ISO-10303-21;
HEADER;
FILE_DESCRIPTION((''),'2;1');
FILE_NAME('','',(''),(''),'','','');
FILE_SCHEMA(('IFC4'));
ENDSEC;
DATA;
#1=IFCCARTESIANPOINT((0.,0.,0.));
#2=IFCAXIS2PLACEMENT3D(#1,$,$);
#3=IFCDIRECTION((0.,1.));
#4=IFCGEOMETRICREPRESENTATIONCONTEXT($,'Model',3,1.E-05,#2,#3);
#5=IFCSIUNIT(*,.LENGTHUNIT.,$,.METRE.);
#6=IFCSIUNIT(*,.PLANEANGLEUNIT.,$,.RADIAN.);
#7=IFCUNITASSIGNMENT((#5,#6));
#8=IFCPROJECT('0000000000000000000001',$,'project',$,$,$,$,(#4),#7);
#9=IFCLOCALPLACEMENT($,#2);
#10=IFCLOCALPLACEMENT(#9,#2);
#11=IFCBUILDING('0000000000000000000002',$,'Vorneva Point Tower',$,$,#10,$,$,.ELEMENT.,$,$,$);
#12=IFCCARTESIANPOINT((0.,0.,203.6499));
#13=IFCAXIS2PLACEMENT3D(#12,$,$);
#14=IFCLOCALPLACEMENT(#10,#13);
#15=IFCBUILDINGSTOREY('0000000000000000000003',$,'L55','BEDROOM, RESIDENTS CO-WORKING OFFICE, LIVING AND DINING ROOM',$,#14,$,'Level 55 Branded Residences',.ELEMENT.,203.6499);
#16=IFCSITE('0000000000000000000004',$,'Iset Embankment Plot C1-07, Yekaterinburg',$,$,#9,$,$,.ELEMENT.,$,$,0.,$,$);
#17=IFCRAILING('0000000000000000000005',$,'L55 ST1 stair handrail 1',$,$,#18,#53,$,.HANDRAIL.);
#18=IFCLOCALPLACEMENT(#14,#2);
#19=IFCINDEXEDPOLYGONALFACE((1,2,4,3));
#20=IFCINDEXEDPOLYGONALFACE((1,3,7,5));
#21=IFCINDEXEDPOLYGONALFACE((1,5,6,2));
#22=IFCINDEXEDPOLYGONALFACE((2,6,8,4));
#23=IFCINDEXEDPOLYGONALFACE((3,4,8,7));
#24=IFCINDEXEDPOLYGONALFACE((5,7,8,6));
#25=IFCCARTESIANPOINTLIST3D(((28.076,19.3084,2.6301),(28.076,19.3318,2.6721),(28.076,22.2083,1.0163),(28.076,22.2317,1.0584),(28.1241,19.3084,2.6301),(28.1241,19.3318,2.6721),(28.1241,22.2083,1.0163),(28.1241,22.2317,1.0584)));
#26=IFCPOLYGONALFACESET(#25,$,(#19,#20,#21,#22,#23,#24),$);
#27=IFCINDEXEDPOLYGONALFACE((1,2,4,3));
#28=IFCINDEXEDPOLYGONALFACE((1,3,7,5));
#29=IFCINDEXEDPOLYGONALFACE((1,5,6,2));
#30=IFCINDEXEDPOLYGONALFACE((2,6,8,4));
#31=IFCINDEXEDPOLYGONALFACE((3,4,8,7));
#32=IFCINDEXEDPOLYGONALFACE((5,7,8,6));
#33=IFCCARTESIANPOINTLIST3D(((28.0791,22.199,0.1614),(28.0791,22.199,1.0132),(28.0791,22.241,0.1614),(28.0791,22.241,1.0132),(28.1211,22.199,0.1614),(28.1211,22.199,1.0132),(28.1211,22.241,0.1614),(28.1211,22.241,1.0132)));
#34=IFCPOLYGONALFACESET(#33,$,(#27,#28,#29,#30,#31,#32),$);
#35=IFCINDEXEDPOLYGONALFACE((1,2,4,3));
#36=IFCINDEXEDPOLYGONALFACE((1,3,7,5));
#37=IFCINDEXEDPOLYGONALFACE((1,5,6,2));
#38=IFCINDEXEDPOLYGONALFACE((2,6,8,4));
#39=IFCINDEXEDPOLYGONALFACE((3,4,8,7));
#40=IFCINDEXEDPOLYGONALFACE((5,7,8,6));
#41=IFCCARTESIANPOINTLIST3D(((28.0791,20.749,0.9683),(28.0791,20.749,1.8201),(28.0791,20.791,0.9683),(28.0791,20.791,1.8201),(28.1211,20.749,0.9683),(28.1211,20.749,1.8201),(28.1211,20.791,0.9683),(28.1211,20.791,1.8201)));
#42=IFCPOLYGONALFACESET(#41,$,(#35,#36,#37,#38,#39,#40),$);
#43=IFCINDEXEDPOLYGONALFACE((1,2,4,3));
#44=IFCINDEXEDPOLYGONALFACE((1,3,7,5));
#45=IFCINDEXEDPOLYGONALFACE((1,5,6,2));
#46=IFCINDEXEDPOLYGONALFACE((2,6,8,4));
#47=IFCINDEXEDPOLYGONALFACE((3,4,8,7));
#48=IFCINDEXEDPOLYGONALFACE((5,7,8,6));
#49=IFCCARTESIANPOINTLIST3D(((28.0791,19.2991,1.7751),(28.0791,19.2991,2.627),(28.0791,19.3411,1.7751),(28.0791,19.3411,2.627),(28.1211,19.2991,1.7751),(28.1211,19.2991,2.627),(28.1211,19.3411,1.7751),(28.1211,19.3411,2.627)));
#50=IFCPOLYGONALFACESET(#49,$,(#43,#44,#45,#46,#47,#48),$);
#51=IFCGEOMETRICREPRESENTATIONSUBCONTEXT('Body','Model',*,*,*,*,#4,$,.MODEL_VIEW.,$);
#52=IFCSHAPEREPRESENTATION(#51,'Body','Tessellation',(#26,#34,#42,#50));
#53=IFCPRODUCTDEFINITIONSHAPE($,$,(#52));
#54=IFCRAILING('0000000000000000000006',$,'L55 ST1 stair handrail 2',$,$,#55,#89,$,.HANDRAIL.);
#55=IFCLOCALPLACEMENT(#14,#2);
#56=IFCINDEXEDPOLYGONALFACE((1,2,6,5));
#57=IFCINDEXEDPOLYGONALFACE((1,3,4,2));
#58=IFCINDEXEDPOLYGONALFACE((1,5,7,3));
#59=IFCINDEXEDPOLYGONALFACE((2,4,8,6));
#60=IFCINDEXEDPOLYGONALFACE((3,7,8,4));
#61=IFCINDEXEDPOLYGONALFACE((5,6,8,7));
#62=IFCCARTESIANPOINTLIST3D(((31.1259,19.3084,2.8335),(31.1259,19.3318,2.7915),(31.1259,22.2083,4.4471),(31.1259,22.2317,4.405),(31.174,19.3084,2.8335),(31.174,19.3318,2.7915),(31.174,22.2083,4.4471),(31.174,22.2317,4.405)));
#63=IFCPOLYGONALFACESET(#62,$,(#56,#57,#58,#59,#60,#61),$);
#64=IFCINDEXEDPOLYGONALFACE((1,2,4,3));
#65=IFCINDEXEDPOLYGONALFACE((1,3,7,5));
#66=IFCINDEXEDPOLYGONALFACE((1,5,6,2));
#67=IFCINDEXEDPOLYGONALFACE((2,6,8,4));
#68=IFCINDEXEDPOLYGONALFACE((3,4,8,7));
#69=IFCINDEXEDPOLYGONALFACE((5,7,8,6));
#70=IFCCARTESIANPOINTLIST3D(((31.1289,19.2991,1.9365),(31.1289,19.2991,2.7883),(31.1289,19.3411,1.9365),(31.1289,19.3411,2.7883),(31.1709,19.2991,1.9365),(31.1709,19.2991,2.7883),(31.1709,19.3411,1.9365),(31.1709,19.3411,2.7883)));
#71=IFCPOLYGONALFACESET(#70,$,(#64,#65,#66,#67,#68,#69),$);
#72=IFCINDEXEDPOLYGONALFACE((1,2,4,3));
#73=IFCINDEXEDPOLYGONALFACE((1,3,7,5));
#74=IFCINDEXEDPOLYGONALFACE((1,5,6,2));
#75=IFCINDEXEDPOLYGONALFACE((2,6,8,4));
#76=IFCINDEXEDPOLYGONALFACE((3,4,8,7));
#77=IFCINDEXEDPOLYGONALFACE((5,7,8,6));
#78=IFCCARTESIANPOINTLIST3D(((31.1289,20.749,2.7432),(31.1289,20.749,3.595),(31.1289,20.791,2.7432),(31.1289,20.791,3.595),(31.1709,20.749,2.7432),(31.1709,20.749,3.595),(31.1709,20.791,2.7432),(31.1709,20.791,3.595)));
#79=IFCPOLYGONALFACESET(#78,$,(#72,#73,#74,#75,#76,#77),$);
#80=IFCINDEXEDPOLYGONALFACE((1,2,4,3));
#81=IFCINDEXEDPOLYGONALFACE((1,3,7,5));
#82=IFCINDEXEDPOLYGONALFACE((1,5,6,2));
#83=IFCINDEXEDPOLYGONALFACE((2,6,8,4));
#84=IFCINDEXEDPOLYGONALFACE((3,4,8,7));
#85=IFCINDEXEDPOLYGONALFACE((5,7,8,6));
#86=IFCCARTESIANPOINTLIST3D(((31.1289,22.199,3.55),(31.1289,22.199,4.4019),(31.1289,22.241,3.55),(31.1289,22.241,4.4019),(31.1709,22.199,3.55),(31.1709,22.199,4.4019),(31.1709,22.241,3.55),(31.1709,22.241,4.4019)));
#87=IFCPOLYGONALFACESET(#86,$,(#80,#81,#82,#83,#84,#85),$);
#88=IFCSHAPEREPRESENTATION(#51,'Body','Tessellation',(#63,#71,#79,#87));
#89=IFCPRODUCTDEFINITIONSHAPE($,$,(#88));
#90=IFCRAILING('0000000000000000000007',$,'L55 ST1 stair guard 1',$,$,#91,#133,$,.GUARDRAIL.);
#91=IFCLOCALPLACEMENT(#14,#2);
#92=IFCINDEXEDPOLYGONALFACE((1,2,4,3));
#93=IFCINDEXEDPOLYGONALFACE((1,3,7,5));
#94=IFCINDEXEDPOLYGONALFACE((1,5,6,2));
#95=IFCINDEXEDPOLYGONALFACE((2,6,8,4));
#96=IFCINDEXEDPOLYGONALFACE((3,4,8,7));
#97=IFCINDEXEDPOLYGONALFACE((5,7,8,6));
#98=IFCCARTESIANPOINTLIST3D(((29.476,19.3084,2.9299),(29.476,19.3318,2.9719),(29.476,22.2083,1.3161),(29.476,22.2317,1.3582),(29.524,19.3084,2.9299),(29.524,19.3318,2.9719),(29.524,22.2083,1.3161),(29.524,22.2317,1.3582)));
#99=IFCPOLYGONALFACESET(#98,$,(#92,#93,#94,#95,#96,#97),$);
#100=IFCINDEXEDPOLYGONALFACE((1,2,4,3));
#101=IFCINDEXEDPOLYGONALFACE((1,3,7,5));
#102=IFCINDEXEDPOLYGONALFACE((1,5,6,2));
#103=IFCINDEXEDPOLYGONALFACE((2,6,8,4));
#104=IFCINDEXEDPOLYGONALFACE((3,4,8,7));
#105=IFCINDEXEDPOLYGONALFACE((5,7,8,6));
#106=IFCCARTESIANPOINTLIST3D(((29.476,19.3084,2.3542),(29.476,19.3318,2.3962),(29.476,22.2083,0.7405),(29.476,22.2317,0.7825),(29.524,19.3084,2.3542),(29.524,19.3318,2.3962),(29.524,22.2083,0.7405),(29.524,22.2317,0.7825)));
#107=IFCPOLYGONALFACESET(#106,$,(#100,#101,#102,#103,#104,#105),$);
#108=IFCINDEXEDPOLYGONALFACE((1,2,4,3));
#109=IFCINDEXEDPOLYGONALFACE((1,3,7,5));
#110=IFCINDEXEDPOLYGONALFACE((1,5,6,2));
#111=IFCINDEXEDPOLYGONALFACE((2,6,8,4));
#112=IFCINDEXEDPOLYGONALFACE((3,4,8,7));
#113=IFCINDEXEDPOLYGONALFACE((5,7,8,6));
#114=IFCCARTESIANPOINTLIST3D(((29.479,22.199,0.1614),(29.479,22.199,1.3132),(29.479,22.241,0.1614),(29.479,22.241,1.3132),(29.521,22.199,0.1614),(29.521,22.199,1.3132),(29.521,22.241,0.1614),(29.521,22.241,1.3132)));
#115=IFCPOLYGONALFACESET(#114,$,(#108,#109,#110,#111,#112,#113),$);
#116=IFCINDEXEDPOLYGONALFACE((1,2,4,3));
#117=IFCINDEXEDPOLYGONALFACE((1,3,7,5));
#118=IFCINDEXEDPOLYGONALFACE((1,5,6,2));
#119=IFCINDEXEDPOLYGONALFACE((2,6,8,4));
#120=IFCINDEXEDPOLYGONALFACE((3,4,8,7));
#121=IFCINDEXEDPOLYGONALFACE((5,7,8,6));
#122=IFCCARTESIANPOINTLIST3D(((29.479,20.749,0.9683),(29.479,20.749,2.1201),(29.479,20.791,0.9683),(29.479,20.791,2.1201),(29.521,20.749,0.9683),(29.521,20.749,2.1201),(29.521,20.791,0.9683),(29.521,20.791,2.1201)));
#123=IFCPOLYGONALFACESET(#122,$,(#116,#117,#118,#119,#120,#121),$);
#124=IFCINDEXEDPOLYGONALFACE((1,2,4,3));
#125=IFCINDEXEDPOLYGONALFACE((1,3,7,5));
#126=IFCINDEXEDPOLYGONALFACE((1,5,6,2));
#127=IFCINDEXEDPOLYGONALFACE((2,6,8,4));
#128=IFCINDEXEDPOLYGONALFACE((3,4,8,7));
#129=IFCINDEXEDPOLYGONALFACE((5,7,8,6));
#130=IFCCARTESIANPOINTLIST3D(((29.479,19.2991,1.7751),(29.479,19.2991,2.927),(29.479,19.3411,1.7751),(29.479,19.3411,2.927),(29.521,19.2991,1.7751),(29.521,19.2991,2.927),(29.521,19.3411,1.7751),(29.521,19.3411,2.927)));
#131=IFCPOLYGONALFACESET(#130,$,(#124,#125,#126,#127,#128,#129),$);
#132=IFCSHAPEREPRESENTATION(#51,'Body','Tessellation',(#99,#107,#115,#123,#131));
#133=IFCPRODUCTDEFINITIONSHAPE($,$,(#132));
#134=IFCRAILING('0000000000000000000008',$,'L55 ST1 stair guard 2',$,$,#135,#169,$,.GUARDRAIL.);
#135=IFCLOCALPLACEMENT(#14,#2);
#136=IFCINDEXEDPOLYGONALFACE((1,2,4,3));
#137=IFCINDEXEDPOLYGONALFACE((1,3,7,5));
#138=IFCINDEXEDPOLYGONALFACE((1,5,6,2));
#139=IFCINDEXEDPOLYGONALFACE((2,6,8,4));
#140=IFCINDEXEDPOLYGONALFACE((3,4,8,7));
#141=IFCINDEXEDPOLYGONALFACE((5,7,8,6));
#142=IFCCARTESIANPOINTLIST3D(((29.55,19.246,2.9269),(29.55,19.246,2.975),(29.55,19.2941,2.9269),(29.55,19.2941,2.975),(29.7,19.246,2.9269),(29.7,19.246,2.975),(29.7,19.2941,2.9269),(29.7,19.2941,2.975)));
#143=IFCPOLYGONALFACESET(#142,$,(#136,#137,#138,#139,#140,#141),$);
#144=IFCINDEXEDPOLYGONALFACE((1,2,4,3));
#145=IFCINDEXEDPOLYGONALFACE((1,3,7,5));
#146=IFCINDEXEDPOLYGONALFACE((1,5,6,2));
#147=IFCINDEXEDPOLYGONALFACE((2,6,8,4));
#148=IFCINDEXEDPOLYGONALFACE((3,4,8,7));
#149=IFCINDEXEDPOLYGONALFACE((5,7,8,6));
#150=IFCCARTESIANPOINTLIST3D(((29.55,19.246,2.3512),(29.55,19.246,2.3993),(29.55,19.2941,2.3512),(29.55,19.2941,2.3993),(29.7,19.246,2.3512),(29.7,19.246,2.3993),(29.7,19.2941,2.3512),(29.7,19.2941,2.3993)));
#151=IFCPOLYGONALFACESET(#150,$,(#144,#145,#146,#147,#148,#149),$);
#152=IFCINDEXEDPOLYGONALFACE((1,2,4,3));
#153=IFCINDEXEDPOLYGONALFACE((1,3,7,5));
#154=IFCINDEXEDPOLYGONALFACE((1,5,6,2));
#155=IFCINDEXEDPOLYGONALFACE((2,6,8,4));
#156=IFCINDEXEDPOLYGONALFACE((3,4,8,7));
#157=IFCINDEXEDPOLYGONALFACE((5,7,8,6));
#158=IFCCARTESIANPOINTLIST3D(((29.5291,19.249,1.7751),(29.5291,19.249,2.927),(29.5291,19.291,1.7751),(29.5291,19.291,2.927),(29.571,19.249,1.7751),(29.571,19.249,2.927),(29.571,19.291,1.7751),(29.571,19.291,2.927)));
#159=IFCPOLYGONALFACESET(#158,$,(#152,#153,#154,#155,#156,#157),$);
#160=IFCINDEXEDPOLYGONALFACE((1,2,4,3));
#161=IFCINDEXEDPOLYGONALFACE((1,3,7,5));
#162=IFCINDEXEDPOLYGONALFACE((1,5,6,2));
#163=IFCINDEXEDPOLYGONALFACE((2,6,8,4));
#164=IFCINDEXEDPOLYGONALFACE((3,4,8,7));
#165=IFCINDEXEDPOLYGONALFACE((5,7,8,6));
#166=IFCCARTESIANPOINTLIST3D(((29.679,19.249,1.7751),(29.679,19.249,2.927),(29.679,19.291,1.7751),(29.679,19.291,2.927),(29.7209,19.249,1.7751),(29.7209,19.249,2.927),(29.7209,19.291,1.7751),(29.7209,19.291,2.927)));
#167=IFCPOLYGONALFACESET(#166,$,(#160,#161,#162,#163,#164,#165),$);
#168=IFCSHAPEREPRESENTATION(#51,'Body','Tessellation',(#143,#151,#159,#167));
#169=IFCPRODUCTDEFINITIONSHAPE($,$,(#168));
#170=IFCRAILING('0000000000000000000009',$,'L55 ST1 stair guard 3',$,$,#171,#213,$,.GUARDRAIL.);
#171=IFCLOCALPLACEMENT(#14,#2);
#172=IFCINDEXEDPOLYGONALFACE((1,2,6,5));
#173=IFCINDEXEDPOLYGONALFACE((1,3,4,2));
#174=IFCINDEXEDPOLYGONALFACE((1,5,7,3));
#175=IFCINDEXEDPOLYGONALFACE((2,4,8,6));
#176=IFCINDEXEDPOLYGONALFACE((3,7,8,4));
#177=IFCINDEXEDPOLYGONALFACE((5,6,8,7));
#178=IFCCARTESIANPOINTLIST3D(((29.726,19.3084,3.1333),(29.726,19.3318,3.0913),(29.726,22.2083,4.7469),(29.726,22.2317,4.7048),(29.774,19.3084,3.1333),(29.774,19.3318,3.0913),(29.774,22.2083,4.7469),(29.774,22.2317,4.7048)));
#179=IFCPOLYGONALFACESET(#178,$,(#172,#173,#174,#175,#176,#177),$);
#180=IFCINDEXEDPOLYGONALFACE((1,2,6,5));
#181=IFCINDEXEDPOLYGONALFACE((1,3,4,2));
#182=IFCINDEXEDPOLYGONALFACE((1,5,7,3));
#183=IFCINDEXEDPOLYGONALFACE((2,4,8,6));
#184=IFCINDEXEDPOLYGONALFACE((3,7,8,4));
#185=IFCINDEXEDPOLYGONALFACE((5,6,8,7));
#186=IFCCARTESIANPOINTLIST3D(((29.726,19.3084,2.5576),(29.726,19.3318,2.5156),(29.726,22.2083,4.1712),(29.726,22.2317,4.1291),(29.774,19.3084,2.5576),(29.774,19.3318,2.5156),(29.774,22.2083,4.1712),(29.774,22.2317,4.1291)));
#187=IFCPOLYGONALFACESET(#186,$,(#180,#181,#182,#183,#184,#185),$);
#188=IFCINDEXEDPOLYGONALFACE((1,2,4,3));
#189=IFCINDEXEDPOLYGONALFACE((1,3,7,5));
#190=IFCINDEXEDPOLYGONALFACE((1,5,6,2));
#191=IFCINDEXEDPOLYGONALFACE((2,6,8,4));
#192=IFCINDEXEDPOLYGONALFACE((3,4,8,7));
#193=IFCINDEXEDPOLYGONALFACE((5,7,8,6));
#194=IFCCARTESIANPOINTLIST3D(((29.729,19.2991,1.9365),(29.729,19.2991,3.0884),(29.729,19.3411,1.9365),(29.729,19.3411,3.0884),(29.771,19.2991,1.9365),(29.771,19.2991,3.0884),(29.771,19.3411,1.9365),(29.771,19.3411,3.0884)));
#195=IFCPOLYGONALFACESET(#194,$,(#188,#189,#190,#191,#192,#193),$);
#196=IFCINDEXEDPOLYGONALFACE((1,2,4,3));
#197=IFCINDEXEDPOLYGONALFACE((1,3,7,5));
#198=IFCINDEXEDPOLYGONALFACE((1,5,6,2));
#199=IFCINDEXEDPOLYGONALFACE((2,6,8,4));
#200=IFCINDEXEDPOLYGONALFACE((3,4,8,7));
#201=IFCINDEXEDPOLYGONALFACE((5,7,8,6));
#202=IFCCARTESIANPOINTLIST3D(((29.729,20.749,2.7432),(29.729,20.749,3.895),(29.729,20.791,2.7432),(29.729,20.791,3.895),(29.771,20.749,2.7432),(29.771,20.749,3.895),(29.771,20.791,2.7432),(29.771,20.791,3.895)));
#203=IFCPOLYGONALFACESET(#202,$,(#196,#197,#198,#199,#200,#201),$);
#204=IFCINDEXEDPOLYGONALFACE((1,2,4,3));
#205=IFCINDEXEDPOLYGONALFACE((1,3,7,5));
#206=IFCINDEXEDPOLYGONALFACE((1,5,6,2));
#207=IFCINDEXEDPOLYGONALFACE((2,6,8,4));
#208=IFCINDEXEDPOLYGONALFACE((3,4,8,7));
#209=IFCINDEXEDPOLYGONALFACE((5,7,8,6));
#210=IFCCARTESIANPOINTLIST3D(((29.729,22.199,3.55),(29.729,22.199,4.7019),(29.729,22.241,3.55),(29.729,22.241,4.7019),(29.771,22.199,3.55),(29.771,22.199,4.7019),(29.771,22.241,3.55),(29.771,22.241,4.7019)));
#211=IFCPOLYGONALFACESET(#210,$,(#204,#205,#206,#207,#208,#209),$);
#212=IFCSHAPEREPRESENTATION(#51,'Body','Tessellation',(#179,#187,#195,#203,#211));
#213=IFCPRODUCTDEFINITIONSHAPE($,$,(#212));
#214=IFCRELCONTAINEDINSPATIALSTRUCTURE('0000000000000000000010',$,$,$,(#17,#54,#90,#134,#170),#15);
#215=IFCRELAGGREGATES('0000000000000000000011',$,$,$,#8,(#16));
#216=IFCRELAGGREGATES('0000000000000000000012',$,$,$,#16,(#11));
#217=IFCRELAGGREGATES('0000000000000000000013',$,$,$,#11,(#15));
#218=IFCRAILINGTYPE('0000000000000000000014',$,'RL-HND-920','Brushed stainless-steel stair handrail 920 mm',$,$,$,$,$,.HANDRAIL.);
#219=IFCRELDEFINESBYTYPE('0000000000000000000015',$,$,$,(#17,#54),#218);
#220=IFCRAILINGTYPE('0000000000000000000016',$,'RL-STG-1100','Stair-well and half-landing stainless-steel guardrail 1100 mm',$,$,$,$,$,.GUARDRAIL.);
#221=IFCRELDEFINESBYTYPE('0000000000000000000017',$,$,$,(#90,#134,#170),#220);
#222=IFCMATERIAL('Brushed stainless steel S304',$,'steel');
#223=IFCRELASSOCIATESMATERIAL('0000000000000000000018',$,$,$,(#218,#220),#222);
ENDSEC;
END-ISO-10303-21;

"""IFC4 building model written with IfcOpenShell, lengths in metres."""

from ifc_helpers import new_model, si_unit, direction, frame, origin, origin_2d, place, context, subcontext, project, spatial, rectangle, extrude, material, type_object, element, save


model = new_model("IFC4")

# Units and contexts
model_context = context("Model", 3, precision=1e-05, world=origin(), true_north=direction((0.0, 1.0)))
body_context = subcontext(model_context, "Body", "Model", "MODEL_VIEW")
ifc_project = project(units=[si_unit("LENGTHUNIT", "METRE"), si_unit("PLANEANGLEUNIT", "RADIAN")], contexts=[model_context])

# Site, building, storey
site_placement = place(None, origin())
site = spatial("IfcSite", under=ifc_project, at=site_placement, Name="Iset Embankment Plot C1-07, Yekaterinburg", CompositionType="ELEMENT", RefElevation=0.0)
building_placement = place(site_placement, origin())
building = spatial("IfcBuilding", under=site, at=building_placement, Name="Vorneva Point Tower", CompositionType="ELEMENT")
storey_placement = place(building_placement, frame((0.0, 0.0, 203.6499)))
storey = spatial("IfcBuildingStorey", under=building, at=storey_placement, Name="L55", Description="BEDROOM, RESIDENTS CO-WORKING OFFICE, LIVING AND DINING ROOM", LongName="Level 55 Branded Residences", CompositionType="ELEMENT", Elevation=203.6499)

# Shared definitions
ifc_material_1 = material(Name="Brushed stainless steel S304", Category="steel")

# Railings
railing_type_1 = type_object("IfcRailingType", Name="RL-HND-920", Description="Brushed stainless-steel stair handrail 920 mm", PredefinedType="HANDRAIL", material=ifc_material_1)
railing_1_placement = place(storey_placement, frame((28.1001, 22.22, 0.1614)))
element("IfcRailing", 1, at=railing_1_placement, inside=storey, type_object=railing_type_1, Name="L55 ST1 stair handrail 1", PredefinedType="HANDRAIL", context=body_context, shape_type="SweptSolid", body=[
    extrude(rectangle(XDim=0.0481, YDim=0.0481, at=origin_2d()), frame((0.0, 0.0, 0.876), z_axis=(0.0, -0.87381, 0.486267), x_axis=(1.0, 0.0, 0.0)), (0.0, 0.0, 1.0), 3.3186),
    extrude(rectangle(XDim=0.042, YDim=0.042, at=origin_2d()), origin(), (0.0, 0.0, 1.0), 0.8518),
    extrude(rectangle(XDim=0.042, YDim=0.042, at=origin_2d()), frame((0.0, -1.45, 0.8069)), (0.0, 0.0, 1.0), 0.8518),
    extrude(rectangle(XDim=0.042, YDim=0.042, at=origin_2d()), frame((0.0, -2.8999, 1.6138)), (0.0, 0.0, 1.0), 0.8518),
])
railing_2_placement = place(storey_placement, frame((31.1499, 19.3201, 1.9365)))
element("IfcRailing", 2, at=railing_2_placement, inside=storey, type_object=railing_type_1, Name="L55 ST1 stair handrail 2", PredefinedType="HANDRAIL", context=body_context, shape_type="SweptSolid", body=[
    extrude(rectangle(XDim=0.0481, YDim=0.0481, at=origin_2d()), frame((0.0, 0.0, 0.876), z_axis=(0.0, 0.873841, 0.486211), x_axis=(-1.0, 0.0, 0.0)), (0.0, 0.0, 1.0), 3.3186),
    extrude(rectangle(XDim=0.042, YDim=0.042, at=origin_2d()), origin(), (0.0, 0.0, 1.0), 0.8518),
    extrude(rectangle(XDim=0.042, YDim=0.042, at=origin_2d()), frame((0.0, 1.45, 0.8066)), (0.0, 0.0, 1.0), 0.8518),
    extrude(rectangle(XDim=0.042, YDim=0.042, at=origin_2d()), frame((0.0, 2.8999, 1.6135)), (0.0, 0.0, 1.0), 0.8518),
])
railing_type_2 = type_object("IfcRailingType", Name="RL-STG-1100", Description="Stair-well and half-landing stainless-steel guardrail 1100 mm", PredefinedType="GUARDRAIL", material=ifc_material_1)
railing_3_placement = place(storey_placement, frame((29.5, 22.22, 0.1614)))
element("IfcRailing", 3, at=railing_3_placement, inside=storey, type_object=railing_type_2, Name="L55 ST1 stair guard 1", PredefinedType="GUARDRAIL", context=body_context, shape_type="SweptSolid", body=[
    extrude(rectangle(XDim=0.0481, YDim=0.0481, at=origin_2d()), frame((0.0, 0.0, 1.1758), z_axis=(0.0, -0.87381, 0.486267), x_axis=(1.0, 0.0, 0.0)), (0.0, 0.0, 1.0), 3.3186),
    extrude(rectangle(XDim=0.0481, YDim=0.0481, at=origin_2d()), frame((0.0, 0.0, 0.6001), z_axis=(0.0, -0.87381, 0.486267), x_axis=(1.0, 0.0, 0.0)), (0.0, 0.0, 1.0), 3.3186),
    extrude(rectangle(XDim=0.042, YDim=0.042, at=origin_2d()), origin(), (0.0, 0.0, 1.0), 1.1519),
    extrude(rectangle(XDim=0.042, YDim=0.042, at=origin_2d()), frame((0.0, -1.45, 0.8069)), (0.0, 0.0, 1.0), 1.1519),
    extrude(rectangle(XDim=0.042, YDim=0.042, at=origin_2d()), frame((0.0, -2.8999, 1.6138)), (0.0, 0.0, 1.0), 1.1519),
])
railing_4_placement = place(storey_placement, frame((29.55, 19.27, 1.7751)))
element("IfcRailing", 4, at=railing_4_placement, inside=storey, type_object=railing_type_2, Name="L55 ST1 stair guard 2", PredefinedType="GUARDRAIL", context=body_context, shape_type="SweptSolid", body=[
    extrude(rectangle(XDim=0.0481, YDim=0.0481, at=origin_2d()), frame((0.0, 0.0, 1.1758), z_axis=(1.0, 0.0, 0.0), x_axis=(0.0, 1.0, 0.0)), (0.0, 0.0, 1.0), 0.1499),
    extrude(rectangle(XDim=0.0481, YDim=0.0481, at=origin_2d()), frame((0.0, 0.0, 0.6001), z_axis=(1.0, 0.0, 0.0), x_axis=(0.0, 1.0, 0.0)), (0.0, 0.0, 1.0), 0.1499),
    extrude(rectangle(XDim=0.042, YDim=0.042, at=origin_2d()), origin(), (0.0, 0.0, 1.0), 1.1519),
    extrude(rectangle(XDim=0.042, YDim=0.042, at=origin_2d()), frame((0.1499, 0.0, 0.0)), (0.0, 0.0, 1.0), 1.1519),
])
railing_5_placement = place(storey_placement, frame((29.75, 19.3201, 1.9365)))
element("IfcRailing", 5, at=railing_5_placement, inside=storey, type_object=railing_type_2, Name="L55 ST1 stair guard 3", PredefinedType="GUARDRAIL", context=body_context, shape_type="SweptSolid", body=[
    extrude(rectangle(XDim=0.0481, YDim=0.0481, at=origin_2d()), frame((0.0, 0.0, 1.1758), z_axis=(0.0, 0.873841, 0.486211), x_axis=(-1.0, 0.0, 0.0)), (0.0, 0.0, 1.0), 3.3186),
    extrude(rectangle(XDim=0.0481, YDim=0.0481, at=origin_2d()), frame((0.0, 0.0, 0.6001), z_axis=(0.0, 0.873841, 0.486211), x_axis=(-1.0, 0.0, 0.0)), (0.0, 0.0, 1.0), 3.3186),
    extrude(rectangle(XDim=0.042, YDim=0.042, at=origin_2d()), origin(), (0.0, 0.0, 1.0), 1.1519),
    extrude(rectangle(XDim=0.042, YDim=0.042, at=origin_2d()), frame((0.0, 1.45, 0.8066)), (0.0, 0.0, 1.0), 1.1519),
    extrude(rectangle(XDim=0.042, YDim=0.042, at=origin_2d()), frame((0.0, 2.8999, 1.6135)), (0.0, 0.0, 1.0), 1.1519),
])

save(model, "model.ifc")
